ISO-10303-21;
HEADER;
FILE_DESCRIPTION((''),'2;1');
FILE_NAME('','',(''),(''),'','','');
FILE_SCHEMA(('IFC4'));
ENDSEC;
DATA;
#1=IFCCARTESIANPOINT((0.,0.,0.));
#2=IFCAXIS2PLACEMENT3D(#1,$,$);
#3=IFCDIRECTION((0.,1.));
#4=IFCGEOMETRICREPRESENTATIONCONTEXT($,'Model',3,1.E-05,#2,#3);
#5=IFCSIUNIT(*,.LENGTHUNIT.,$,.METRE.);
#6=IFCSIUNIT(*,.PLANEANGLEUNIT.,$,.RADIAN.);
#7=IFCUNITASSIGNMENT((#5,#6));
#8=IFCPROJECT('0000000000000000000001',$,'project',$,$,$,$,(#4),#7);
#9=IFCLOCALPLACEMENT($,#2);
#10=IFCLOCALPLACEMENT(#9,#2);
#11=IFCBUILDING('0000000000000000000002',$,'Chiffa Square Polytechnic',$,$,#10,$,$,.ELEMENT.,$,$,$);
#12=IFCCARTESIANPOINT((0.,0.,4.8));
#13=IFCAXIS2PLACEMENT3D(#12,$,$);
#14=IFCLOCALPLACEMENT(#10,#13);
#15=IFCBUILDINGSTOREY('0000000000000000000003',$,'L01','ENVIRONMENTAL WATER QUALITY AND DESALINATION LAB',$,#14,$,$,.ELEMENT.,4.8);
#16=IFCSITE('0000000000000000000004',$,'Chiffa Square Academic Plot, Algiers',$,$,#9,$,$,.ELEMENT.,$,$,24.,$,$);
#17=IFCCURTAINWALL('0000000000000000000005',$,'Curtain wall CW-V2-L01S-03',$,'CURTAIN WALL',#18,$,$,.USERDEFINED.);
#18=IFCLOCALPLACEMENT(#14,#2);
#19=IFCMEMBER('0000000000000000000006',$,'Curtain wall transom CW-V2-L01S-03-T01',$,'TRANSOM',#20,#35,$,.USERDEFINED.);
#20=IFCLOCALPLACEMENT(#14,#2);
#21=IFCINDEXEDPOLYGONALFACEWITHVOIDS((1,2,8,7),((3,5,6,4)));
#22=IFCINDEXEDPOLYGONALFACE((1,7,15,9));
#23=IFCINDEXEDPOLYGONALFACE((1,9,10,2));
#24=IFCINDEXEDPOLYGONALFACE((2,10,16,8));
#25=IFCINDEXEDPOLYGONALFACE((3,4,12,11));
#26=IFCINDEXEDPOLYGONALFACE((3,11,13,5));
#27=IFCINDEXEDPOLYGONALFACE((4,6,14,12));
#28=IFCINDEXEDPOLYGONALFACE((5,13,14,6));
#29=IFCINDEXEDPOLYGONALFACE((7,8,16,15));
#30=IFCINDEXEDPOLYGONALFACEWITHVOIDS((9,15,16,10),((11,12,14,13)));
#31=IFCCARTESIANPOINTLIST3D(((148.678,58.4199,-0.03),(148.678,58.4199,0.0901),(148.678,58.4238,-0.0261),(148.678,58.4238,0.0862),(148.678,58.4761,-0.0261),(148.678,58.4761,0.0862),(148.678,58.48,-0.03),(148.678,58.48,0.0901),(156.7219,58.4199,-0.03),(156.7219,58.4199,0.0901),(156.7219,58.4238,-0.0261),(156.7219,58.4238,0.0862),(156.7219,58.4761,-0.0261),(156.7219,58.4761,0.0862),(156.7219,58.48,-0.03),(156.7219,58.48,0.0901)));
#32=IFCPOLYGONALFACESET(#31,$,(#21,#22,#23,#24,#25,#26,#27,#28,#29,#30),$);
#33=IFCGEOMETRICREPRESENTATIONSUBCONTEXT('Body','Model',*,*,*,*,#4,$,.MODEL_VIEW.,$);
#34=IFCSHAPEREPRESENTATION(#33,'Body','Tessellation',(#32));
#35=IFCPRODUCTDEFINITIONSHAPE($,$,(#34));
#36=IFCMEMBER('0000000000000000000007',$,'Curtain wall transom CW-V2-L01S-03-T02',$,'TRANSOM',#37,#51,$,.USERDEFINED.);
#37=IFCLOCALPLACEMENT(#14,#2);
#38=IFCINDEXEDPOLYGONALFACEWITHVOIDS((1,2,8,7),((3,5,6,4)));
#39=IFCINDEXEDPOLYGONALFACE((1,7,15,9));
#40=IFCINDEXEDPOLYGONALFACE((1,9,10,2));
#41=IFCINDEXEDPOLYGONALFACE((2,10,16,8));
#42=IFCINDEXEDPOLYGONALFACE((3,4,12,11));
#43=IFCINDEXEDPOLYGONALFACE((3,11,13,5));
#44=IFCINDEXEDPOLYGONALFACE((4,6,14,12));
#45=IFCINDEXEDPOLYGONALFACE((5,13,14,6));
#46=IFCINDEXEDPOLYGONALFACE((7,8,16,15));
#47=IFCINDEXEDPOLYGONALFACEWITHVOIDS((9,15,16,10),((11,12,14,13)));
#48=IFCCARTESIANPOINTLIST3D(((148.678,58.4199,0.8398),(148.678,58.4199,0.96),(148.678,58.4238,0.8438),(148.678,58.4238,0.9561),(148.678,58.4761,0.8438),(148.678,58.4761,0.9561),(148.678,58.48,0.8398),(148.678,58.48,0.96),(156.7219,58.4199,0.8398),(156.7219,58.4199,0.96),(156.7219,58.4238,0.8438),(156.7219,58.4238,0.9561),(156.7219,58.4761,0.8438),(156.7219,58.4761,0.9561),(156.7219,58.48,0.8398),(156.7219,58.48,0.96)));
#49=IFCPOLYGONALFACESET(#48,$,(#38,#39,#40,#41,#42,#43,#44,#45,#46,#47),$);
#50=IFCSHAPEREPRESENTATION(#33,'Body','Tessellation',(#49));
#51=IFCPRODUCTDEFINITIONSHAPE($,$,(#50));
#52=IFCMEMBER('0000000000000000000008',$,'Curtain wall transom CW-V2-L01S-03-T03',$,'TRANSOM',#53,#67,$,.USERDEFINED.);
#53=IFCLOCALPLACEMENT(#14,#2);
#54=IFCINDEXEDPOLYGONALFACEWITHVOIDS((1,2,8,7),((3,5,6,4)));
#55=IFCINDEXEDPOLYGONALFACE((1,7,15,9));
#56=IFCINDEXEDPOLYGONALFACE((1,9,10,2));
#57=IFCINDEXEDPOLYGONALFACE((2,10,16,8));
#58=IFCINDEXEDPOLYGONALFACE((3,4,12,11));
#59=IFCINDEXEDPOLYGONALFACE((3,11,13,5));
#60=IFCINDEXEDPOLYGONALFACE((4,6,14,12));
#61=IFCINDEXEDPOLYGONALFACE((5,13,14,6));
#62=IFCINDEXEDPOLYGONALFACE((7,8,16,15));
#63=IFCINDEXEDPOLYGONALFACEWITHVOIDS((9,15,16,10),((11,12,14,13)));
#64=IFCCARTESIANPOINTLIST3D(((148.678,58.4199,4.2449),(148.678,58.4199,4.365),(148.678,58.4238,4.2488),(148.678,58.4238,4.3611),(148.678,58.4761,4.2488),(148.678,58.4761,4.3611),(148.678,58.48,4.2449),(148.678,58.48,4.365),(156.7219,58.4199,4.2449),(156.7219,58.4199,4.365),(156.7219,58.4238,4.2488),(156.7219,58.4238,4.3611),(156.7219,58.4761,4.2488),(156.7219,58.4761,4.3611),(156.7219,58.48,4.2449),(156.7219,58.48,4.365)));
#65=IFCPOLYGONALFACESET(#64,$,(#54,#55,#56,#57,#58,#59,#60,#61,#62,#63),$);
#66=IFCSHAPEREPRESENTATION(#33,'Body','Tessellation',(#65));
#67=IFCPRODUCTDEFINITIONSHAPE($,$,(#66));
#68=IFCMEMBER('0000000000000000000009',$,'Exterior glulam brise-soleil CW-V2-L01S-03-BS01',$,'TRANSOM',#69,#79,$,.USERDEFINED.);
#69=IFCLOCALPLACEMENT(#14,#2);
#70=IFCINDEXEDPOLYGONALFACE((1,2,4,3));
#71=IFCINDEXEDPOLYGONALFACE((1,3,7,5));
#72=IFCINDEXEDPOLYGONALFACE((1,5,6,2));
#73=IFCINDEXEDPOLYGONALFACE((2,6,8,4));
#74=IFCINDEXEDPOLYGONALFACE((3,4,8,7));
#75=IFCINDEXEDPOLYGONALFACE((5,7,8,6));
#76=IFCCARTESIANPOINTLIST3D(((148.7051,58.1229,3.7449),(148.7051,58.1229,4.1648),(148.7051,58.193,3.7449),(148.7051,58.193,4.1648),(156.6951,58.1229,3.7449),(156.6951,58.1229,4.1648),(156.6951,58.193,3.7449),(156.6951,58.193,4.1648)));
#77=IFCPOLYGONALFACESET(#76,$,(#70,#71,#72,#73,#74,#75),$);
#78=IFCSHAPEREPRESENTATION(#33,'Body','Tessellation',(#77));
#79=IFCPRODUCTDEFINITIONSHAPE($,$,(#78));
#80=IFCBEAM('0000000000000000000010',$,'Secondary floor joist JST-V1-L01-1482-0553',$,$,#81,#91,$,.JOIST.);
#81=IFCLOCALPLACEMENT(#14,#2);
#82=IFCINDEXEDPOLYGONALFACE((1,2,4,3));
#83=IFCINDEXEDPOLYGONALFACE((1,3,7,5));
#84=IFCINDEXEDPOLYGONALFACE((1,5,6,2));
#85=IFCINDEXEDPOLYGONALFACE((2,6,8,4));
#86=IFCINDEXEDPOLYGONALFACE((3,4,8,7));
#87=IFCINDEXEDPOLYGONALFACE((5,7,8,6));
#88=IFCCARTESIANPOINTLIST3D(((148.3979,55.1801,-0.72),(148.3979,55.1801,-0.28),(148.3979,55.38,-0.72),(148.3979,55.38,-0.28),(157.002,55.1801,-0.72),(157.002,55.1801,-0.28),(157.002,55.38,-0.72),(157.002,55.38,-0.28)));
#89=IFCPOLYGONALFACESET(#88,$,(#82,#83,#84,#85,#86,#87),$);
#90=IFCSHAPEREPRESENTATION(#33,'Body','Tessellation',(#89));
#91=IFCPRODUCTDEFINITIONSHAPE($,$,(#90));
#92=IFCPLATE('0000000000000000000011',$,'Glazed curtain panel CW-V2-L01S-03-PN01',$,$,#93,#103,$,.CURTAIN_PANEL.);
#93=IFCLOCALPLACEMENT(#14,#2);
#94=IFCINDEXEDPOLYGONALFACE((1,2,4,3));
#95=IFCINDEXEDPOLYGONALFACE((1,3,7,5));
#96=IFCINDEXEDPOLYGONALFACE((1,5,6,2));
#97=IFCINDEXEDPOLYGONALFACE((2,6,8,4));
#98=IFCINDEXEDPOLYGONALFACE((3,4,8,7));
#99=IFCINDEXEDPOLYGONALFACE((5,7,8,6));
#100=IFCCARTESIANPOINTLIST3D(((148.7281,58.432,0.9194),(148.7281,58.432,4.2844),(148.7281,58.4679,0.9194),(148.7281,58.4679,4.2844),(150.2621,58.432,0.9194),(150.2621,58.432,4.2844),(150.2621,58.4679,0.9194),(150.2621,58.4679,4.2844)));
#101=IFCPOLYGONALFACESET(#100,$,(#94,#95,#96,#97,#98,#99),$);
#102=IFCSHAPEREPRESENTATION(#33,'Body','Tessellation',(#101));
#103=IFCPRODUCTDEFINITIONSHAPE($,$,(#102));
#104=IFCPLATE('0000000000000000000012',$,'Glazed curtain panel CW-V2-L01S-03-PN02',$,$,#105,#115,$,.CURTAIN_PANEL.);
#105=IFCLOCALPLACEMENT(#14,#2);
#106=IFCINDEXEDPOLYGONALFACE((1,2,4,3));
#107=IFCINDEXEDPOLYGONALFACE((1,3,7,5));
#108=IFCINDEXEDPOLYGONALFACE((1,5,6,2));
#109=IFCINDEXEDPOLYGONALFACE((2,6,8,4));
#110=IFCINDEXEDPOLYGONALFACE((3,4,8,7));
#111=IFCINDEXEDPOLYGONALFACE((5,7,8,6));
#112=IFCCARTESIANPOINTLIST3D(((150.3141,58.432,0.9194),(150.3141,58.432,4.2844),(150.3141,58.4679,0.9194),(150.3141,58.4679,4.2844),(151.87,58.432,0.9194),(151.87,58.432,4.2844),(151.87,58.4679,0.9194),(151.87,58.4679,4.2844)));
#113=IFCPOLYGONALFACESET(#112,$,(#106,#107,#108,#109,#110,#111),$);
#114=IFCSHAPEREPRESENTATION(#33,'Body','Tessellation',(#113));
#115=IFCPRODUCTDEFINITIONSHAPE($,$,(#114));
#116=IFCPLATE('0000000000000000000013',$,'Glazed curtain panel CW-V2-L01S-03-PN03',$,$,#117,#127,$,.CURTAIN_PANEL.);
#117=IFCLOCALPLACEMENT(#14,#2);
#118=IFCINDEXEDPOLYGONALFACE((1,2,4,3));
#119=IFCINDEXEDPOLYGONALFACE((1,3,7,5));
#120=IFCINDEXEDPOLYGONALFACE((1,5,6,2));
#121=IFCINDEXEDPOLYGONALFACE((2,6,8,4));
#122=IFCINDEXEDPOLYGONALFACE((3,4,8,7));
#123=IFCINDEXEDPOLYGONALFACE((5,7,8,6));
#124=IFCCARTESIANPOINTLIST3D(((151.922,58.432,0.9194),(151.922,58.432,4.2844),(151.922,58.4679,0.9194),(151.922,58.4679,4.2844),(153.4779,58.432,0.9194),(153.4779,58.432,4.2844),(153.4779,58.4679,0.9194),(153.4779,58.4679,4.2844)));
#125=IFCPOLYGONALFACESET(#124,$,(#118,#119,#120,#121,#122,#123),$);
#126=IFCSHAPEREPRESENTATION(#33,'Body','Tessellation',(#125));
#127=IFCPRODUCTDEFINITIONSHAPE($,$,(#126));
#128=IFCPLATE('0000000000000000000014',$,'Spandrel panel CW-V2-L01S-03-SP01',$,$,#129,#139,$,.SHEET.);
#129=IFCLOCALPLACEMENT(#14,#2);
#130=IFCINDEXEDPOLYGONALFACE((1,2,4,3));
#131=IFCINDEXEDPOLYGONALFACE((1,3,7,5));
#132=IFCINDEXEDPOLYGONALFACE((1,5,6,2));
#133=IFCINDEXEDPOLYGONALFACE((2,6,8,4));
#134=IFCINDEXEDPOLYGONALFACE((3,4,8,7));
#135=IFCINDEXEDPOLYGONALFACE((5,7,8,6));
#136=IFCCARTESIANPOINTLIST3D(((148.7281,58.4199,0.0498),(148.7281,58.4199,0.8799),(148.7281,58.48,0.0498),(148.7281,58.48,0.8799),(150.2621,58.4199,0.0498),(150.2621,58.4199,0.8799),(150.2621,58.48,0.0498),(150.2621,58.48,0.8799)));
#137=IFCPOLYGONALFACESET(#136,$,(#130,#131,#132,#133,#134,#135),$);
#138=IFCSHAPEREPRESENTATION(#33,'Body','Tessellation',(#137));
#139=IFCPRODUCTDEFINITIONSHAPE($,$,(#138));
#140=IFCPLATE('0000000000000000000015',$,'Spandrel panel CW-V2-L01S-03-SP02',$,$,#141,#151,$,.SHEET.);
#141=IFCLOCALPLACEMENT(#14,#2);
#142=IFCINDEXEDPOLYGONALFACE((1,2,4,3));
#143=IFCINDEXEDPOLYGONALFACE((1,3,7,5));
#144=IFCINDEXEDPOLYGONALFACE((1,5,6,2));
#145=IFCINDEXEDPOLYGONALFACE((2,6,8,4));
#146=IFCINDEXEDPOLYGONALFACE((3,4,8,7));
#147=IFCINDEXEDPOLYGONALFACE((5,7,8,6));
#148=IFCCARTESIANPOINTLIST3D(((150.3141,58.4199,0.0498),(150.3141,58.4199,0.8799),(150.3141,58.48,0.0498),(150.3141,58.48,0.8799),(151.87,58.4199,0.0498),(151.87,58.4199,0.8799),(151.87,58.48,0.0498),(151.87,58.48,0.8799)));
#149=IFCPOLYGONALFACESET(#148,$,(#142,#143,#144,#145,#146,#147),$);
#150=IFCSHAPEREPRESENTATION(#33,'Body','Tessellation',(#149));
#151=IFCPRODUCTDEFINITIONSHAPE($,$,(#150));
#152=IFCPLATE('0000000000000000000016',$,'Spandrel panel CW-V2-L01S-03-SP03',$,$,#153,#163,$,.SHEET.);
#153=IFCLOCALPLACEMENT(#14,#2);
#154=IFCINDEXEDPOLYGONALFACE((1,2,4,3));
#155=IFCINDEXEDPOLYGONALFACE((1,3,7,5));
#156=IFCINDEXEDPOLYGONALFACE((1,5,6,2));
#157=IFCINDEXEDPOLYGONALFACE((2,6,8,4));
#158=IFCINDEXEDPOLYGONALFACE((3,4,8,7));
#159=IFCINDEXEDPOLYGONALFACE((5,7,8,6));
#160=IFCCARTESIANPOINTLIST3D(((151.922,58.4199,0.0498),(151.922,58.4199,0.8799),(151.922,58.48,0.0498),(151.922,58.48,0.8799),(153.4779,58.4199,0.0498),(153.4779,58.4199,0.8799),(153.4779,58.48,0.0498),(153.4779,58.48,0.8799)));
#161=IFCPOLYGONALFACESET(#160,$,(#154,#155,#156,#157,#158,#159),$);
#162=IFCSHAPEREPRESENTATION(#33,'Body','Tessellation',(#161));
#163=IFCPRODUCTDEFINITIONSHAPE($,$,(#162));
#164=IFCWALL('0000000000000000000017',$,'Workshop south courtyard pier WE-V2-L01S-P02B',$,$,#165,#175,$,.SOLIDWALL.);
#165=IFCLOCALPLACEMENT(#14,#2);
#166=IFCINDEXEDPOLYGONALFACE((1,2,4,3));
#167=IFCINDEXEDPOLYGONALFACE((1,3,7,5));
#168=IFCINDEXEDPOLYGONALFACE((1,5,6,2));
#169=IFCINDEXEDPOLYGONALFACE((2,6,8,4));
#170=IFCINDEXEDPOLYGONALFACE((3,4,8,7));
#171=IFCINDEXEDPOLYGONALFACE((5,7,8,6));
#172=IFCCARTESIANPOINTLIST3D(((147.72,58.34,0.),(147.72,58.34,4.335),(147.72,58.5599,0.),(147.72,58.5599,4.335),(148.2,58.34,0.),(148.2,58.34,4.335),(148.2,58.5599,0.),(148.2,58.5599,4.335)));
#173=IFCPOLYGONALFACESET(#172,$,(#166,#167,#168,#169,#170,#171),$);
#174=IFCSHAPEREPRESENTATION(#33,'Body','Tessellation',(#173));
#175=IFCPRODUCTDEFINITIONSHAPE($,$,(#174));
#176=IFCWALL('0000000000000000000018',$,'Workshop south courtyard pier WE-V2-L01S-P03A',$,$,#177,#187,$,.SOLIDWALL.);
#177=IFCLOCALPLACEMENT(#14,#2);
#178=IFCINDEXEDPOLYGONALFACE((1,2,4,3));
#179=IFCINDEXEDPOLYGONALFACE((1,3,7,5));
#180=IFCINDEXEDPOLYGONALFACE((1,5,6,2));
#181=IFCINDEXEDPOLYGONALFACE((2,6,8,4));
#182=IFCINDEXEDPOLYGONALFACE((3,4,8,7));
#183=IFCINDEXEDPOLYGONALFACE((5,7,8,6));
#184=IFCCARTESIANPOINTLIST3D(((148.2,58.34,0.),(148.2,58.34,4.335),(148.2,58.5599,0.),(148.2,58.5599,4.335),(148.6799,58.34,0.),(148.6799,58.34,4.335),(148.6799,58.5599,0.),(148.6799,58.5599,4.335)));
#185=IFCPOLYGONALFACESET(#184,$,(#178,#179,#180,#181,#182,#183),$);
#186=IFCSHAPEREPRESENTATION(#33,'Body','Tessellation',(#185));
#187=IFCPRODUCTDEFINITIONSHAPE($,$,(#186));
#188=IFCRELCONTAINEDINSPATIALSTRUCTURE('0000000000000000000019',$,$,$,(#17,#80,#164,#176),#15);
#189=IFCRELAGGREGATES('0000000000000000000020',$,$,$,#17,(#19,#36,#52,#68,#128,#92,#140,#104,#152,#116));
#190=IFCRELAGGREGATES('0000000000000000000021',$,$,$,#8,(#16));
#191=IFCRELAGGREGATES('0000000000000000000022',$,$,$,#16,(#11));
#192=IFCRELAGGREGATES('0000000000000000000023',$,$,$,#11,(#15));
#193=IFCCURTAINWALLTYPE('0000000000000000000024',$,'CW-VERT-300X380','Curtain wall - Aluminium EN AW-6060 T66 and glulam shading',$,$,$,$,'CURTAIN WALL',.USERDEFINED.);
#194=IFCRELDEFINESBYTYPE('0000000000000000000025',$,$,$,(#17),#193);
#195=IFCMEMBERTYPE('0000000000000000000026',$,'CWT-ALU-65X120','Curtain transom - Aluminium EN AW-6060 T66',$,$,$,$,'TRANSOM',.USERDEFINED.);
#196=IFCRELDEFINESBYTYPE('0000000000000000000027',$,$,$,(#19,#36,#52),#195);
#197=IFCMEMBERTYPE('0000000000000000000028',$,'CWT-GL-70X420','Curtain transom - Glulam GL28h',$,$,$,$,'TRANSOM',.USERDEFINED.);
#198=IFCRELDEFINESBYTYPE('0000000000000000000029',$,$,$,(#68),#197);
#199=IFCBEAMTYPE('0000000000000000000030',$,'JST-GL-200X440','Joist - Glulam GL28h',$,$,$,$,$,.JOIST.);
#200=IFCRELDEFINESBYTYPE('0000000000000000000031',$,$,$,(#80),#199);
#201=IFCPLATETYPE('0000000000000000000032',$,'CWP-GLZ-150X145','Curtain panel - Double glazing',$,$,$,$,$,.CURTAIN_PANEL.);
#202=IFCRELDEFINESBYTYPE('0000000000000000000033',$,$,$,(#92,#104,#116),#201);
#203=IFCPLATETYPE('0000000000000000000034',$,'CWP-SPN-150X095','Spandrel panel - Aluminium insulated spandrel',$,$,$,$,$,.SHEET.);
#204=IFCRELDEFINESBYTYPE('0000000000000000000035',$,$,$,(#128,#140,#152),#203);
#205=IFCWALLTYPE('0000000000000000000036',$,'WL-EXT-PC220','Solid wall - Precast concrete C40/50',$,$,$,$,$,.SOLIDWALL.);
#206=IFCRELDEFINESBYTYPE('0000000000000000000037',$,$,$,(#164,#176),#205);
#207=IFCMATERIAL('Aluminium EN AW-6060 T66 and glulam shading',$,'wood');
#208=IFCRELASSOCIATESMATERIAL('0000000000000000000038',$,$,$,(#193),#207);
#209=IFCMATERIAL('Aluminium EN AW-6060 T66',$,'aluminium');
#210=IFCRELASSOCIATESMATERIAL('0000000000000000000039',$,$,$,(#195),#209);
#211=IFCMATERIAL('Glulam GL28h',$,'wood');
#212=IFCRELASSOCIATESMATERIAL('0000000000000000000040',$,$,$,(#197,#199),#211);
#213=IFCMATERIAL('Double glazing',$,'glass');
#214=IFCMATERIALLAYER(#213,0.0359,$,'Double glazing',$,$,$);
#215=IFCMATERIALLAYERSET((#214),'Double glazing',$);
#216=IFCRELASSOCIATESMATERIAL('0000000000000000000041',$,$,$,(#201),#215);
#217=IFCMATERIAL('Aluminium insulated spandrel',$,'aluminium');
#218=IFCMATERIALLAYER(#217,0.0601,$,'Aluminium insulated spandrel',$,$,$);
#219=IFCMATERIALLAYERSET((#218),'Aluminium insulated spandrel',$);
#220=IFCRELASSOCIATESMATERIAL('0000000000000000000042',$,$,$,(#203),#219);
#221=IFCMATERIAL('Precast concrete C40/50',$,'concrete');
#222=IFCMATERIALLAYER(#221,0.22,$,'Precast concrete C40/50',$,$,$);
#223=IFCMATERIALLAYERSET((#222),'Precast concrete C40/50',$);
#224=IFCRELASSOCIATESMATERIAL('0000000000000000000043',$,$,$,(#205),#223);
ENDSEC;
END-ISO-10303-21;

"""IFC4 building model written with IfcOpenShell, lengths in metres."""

from ifc_helpers import new_model, si_unit, direction, frame, frame_2d, origin, origin_2d, place, context, subcontext, project, spatial, rectangle, hollow_rectangle, extrude, material, layer, layer_set, material_profile, profile_set, type_object, element, aggregate, save


model = new_model("IFC4")

# Units and contexts
model_context = context("Model", 3, precision=1e-05, world=origin(), true_north=direction((0.0, 1.0)))
body_context = subcontext(model_context, "Body", "Model", "MODEL_VIEW")
ifc_project = project(units=[si_unit("LENGTHUNIT", "METRE"), si_unit("PLANEANGLEUNIT", "RADIAN")], contexts=[model_context])

# Site, building, storey
site_placement = place(None, origin())
site = spatial("IfcSite", under=ifc_project, at=site_placement, Name="Chiffa Square Academic Plot, Algiers", CompositionType="ELEMENT", RefElevation=24.0)
building_placement = place(site_placement, origin())
building = spatial("IfcBuilding", under=site, at=building_placement, Name="Chiffa Square Polytechnic", CompositionType="ELEMENT")
storey_placement = place(building_placement, frame((0.0, 0.0, 4.8)))
storey = spatial("IfcBuildingStorey", under=building, at=storey_placement, Name="L01", Description="ENVIRONMENTAL WATER QUALITY AND DESALINATION LAB", CompositionType="ELEMENT", Elevation=4.8)

# Curtain wall, members
ifc_material_1 = material(Name="Aluminium EN AW-6060 T66 and glulam shading", Category="wood")
curtain_wall_type = type_object("IfcCurtainWallType", Name="CW-VERT-300X380", Description="Curtain wall - Aluminium EN AW-6060 T66 and glulam shading", ElementType="CURTAIN WALL", PredefinedType="USERDEFINED", material=ifc_material_1)
curtain_wall_placement = place(storey_placement, origin())
curtain_wall = element("IfcCurtainWall", 1, at=curtain_wall_placement, inside=storey, type_object=curtain_wall_type, Name="Curtain wall CW-V2-L01S-03", ObjectType="CURTAIN WALL", PredefinedType="USERDEFINED")
ifc_material_2 = material(Name="Aluminium EN AW-6060 T66", Category="aluminium")
ifc_material_3 = material(Name="Glulam GL28h", Category="wood")
ifc_material_profile_1 = material_profile(ifc_material_2, hollow_rectangle(XDim=0.0601, YDim=0.1201, WallThickness=0.0039, at=origin_2d()), Name="ALU 60x120x4")
ifc_profile_set_1 = profile_set([ifc_material_profile_1], Name="Aluminium EN AW-6060 T66")
member_type_1 = type_object("IfcMemberType", Name="CWT-ALU-65X120", Description="Curtain transom - Aluminium EN AW-6060 T66", ElementType="TRANSOM", PredefinedType="USERDEFINED", material=ifc_profile_set_1)
member_1_placement = place(storey_placement, frame((148.678, 58.45, 0.03), z_axis=(1.0, 0.0, 0.0), x_axis=(0.0, 1.0, 0.0)))
member_1 = element("IfcMember", 2, at=member_1_placement, type_object=member_type_1, Name="Curtain wall transom CW-V2-L01S-03-T01", ObjectType="TRANSOM", PredefinedType="USERDEFINED", context=body_context, shape_type="SweptSolid", body=[
    extrude(hollow_rectangle(XDim=0.0601, YDim=0.1201, WallThickness=0.0039, at=origin_2d()), origin(), (0.0, 0.0, 1.0), 8.0439),
])
member_2_placement = place(storey_placement, frame((148.678, 58.45, 0.8999), z_axis=(1.0, 0.0, 0.0), x_axis=(0.0, 1.0, 0.0)))
member_2 = element("IfcMember", 3, at=member_2_placement, type_object=member_type_1, Name="Curtain wall transom CW-V2-L01S-03-T02", ObjectType="TRANSOM", PredefinedType="USERDEFINED", context=body_context, shape_type="SweptSolid", body=[
    extrude(hollow_rectangle(XDim=0.0601, YDim=0.1201, WallThickness=0.0039, at=origin_2d()), origin(), (0.0, 0.0, 1.0), 8.0439),
])
member_3_placement = place(storey_placement, frame((148.678, 58.45, 4.3049), z_axis=(1.0, 0.0, 0.0), x_axis=(0.0, 1.0, 0.0)))
member_3 = element("IfcMember", 4, at=member_3_placement, type_object=member_type_1, Name="Curtain wall transom CW-V2-L01S-03-T03", ObjectType="TRANSOM", PredefinedType="USERDEFINED", context=body_context, shape_type="SweptSolid", body=[
    extrude(hollow_rectangle(XDim=0.0601, YDim=0.1201, WallThickness=0.0039, at=origin_2d()), origin(), (0.0, 0.0, 1.0), 8.0439),
])
ifc_material_profile_2 = material_profile(ifc_material_3, rectangle(XDim=0.0701, YDim=0.4199, at=origin_2d()), Name="GL28h 70x420")
ifc_profile_set_2 = profile_set([ifc_material_profile_2], Name="Glulam GL28h")
member_type_2 = type_object("IfcMemberType", Name="CWT-GL-70X420", Description="Curtain transom - Glulam GL28h", ElementType="TRANSOM", PredefinedType="USERDEFINED", material=ifc_profile_set_2)
member_4_placement = place(storey_placement, frame((148.7051, 58.158, 3.9548), z_axis=(1.0, 0.0, 0.0), x_axis=(0.0, 1.0, 0.0)))
member_4 = element("IfcMember", 5, at=member_4_placement, type_object=member_type_2, Name="Exterior glulam brise-soleil CW-V2-L01S-03-BS01", ObjectType="TRANSOM", PredefinedType="USERDEFINED", context=body_context, shape_type="SweptSolid", body=[
    extrude(rectangle(XDim=0.0701, YDim=0.4199, at=origin_2d()), origin(), (0.0, 0.0, 1.0), 7.99),
])

# Beam
ifc_material_profile_3 = material_profile(ifc_material_3, rectangle(XDim=0.2, YDim=0.4399, at=origin_2d()), Name="GL28h 200x440")
ifc_profile_set_3 = profile_set([ifc_material_profile_3], Name="Glulam GL28h")
beam_type_1 = type_object("IfcBeamType", Name="JST-GL-200X440", Description="Joist - Glulam GL28h", PredefinedType="JOIST", material=ifc_profile_set_3)
beam_1_placement = place(storey_placement, frame((148.3979, 55.28, -0.5), z_axis=(1.0, 0.0, 0.0), x_axis=(0.0, 1.0, 0.0)))
element("IfcBeam", 6, at=beam_1_placement, inside=storey, type_object=beam_type_1, Name="Secondary floor joist JST-V1-L01-1482-0553", PredefinedType="JOIST", context=body_context, shape_type="SweptSolid", body=[
    extrude(rectangle(XDim=0.2, YDim=0.4399, at=origin_2d()), origin(), (0.0, 0.0, 1.0), 8.604),
])

# Plates
ifc_material_4 = material(Name="Double glazing", Category="glass")
ifc_layer_1 = layer(ifc_material_4, 0.0359, Name="Double glazing")
ifc_layer_set_1 = layer_set([ifc_layer_1], Name="Double glazing")
plate_type_1 = type_object("IfcPlateType", Name="CWP-GLZ-150X145", Description="Curtain panel - Double glazing", PredefinedType="CURTAIN_PANEL", material=ifc_layer_set_1)
plate_1_placement = place(storey_placement, frame((149.4951, 58.45, 0.9194), z_axis=(0.0, 0.0, 1.0), x_axis=(1.0, 0.0, 0.0)))
plate_1 = element("IfcPlate", 7, at=plate_1_placement, type_object=plate_type_1, Name="Glazed curtain panel CW-V2-L01S-03-PN01", PredefinedType="CURTAIN_PANEL", context=body_context, shape_type="SweptSolid", body=[
    extrude(rectangle(XDim=1.5339, YDim=0.0359, at=origin_2d()), origin(), (0.0, 0.0, 1.0), 3.365),
])
plate_2_placement = place(storey_placement, frame((151.092, 58.45, 0.9194), z_axis=(0.0, 0.0, 1.0), x_axis=(1.0, 0.0, 0.0)))
plate_2 = element("IfcPlate", 8, at=plate_2_placement, type_object=plate_type_1, Name="Glazed curtain panel CW-V2-L01S-03-PN02", PredefinedType="CURTAIN_PANEL", context=body_context, shape_type="SweptSolid", body=[
    extrude(rectangle(XDim=1.5559, YDim=0.0359, at=origin_2d()), origin(), (0.0, 0.0, 1.0), 3.365),
])
plate_3_placement = place(storey_placement, frame((152.7, 58.45, 0.9194), z_axis=(0.0, 0.0, 1.0), x_axis=(1.0, 0.0, 0.0)))
plate_3 = element("IfcPlate", 9, at=plate_3_placement, type_object=plate_type_1, Name="Glazed curtain panel CW-V2-L01S-03-PN03", PredefinedType="CURTAIN_PANEL", context=body_context, shape_type="SweptSolid", body=[
    extrude(rectangle(XDim=1.5559, YDim=0.0359, at=origin_2d()), origin(), (0.0, 0.0, 1.0), 3.365),
])
ifc_material_5 = material(Name="Aluminium insulated spandrel", Category="aluminium")
ifc_layer_2 = layer(ifc_material_5, 0.0601, Name="Aluminium insulated spandrel")
ifc_layer_set_2 = layer_set([ifc_layer_2], Name="Aluminium insulated spandrel")
plate_type_2 = type_object("IfcPlateType", Name="CWP-SPN-150X095", Description="Spandrel panel - Aluminium insulated spandrel", PredefinedType="SHEET", material=ifc_layer_set_2)
plate_4_placement = place(storey_placement, frame((149.4951, 58.45, 0.0498), z_axis=(0.0, 0.0, 1.0), x_axis=(1.0, 0.0, 0.0)))
plate_4 = element("IfcPlate", 10, at=plate_4_placement, type_object=plate_type_2, Name="Spandrel panel CW-V2-L01S-03-SP01", PredefinedType="SHEET", context=body_context, shape_type="SweptSolid", body=[
    extrude(rectangle(XDim=1.5339, YDim=0.0601, at=origin_2d()), origin(), (0.0, 0.0, 1.0), 0.8301),
])
plate_5_placement = place(storey_placement, frame((151.092, 58.45, 0.0498), z_axis=(0.0, 0.0, 1.0), x_axis=(1.0, 0.0, 0.0)))
plate_5 = element("IfcPlate", 11, at=plate_5_placement, type_object=plate_type_2, Name="Spandrel panel CW-V2-L01S-03-SP02", PredefinedType="SHEET", context=body_context, shape_type="SweptSolid", body=[
    extrude(rectangle(XDim=1.5559, YDim=0.0601, at=origin_2d()), origin(), (0.0, 0.0, 1.0), 0.8301),
])
plate_6_placement = place(storey_placement, frame((152.7, 58.45, 0.0498), z_axis=(0.0, 0.0, 1.0), x_axis=(1.0, 0.0, 0.0)))
plate_6 = element("IfcPlate", 12, at=plate_6_placement, type_object=plate_type_2, Name="Spandrel panel CW-V2-L01S-03-SP03", PredefinedType="SHEET", context=body_context, shape_type="SweptSolid", body=[
    extrude(rectangle(XDim=1.5559, YDim=0.0601, at=origin_2d()), origin(), (0.0, 0.0, 1.0), 0.8301),
])
aggregate(curtain_wall, [member_1, member_2, member_3, member_4, plate_4, plate_1, plate_5, plate_2, plate_6, plate_3])

# Walls
ifc_material_6 = material(Name="Precast concrete C40/50", Category="concrete")
ifc_layer_3 = layer(ifc_material_6, 0.22, Name="Precast concrete C40/50")
ifc_layer_set_3 = layer_set([ifc_layer_3], Name="Precast concrete C40/50")
wall_type_1 = type_object("IfcWallType", Name="WL-EXT-PC220", Description="Solid wall - Precast concrete C40/50", PredefinedType="SOLIDWALL", material=ifc_layer_set_3)
for number, where, z_axis, x_axis, name in (
    (13, (147.72, 58.45, 0.0), (0.0, 0.0, 1.0), (1.0, 0.0, 0.0), "Workshop south courtyard pier WE-V2-L01S-P02B"),
    (14, (148.2, 58.45, 0.0), (0.0, 0.0, 1.0), (1.0, 0.0, 0.0), "Workshop south courtyard pier WE-V2-L01S-P03A"),
):
    element("IfcWall", number, at=place(storey_placement, frame(where, z_axis=z_axis, x_axis=x_axis)), inside=storey, type_object=wall_type_1, Name=name, PredefinedType="SOLIDWALL", context=body_context, shape_type="SweptSolid", body=[
        extrude(rectangle(XDim=0.48, YDim=0.22, at=frame_2d((0.24, 0.0))), origin(), (0.0, 0.0, 1.0), 4.335),
    ])

save(model, "model.ifc")
